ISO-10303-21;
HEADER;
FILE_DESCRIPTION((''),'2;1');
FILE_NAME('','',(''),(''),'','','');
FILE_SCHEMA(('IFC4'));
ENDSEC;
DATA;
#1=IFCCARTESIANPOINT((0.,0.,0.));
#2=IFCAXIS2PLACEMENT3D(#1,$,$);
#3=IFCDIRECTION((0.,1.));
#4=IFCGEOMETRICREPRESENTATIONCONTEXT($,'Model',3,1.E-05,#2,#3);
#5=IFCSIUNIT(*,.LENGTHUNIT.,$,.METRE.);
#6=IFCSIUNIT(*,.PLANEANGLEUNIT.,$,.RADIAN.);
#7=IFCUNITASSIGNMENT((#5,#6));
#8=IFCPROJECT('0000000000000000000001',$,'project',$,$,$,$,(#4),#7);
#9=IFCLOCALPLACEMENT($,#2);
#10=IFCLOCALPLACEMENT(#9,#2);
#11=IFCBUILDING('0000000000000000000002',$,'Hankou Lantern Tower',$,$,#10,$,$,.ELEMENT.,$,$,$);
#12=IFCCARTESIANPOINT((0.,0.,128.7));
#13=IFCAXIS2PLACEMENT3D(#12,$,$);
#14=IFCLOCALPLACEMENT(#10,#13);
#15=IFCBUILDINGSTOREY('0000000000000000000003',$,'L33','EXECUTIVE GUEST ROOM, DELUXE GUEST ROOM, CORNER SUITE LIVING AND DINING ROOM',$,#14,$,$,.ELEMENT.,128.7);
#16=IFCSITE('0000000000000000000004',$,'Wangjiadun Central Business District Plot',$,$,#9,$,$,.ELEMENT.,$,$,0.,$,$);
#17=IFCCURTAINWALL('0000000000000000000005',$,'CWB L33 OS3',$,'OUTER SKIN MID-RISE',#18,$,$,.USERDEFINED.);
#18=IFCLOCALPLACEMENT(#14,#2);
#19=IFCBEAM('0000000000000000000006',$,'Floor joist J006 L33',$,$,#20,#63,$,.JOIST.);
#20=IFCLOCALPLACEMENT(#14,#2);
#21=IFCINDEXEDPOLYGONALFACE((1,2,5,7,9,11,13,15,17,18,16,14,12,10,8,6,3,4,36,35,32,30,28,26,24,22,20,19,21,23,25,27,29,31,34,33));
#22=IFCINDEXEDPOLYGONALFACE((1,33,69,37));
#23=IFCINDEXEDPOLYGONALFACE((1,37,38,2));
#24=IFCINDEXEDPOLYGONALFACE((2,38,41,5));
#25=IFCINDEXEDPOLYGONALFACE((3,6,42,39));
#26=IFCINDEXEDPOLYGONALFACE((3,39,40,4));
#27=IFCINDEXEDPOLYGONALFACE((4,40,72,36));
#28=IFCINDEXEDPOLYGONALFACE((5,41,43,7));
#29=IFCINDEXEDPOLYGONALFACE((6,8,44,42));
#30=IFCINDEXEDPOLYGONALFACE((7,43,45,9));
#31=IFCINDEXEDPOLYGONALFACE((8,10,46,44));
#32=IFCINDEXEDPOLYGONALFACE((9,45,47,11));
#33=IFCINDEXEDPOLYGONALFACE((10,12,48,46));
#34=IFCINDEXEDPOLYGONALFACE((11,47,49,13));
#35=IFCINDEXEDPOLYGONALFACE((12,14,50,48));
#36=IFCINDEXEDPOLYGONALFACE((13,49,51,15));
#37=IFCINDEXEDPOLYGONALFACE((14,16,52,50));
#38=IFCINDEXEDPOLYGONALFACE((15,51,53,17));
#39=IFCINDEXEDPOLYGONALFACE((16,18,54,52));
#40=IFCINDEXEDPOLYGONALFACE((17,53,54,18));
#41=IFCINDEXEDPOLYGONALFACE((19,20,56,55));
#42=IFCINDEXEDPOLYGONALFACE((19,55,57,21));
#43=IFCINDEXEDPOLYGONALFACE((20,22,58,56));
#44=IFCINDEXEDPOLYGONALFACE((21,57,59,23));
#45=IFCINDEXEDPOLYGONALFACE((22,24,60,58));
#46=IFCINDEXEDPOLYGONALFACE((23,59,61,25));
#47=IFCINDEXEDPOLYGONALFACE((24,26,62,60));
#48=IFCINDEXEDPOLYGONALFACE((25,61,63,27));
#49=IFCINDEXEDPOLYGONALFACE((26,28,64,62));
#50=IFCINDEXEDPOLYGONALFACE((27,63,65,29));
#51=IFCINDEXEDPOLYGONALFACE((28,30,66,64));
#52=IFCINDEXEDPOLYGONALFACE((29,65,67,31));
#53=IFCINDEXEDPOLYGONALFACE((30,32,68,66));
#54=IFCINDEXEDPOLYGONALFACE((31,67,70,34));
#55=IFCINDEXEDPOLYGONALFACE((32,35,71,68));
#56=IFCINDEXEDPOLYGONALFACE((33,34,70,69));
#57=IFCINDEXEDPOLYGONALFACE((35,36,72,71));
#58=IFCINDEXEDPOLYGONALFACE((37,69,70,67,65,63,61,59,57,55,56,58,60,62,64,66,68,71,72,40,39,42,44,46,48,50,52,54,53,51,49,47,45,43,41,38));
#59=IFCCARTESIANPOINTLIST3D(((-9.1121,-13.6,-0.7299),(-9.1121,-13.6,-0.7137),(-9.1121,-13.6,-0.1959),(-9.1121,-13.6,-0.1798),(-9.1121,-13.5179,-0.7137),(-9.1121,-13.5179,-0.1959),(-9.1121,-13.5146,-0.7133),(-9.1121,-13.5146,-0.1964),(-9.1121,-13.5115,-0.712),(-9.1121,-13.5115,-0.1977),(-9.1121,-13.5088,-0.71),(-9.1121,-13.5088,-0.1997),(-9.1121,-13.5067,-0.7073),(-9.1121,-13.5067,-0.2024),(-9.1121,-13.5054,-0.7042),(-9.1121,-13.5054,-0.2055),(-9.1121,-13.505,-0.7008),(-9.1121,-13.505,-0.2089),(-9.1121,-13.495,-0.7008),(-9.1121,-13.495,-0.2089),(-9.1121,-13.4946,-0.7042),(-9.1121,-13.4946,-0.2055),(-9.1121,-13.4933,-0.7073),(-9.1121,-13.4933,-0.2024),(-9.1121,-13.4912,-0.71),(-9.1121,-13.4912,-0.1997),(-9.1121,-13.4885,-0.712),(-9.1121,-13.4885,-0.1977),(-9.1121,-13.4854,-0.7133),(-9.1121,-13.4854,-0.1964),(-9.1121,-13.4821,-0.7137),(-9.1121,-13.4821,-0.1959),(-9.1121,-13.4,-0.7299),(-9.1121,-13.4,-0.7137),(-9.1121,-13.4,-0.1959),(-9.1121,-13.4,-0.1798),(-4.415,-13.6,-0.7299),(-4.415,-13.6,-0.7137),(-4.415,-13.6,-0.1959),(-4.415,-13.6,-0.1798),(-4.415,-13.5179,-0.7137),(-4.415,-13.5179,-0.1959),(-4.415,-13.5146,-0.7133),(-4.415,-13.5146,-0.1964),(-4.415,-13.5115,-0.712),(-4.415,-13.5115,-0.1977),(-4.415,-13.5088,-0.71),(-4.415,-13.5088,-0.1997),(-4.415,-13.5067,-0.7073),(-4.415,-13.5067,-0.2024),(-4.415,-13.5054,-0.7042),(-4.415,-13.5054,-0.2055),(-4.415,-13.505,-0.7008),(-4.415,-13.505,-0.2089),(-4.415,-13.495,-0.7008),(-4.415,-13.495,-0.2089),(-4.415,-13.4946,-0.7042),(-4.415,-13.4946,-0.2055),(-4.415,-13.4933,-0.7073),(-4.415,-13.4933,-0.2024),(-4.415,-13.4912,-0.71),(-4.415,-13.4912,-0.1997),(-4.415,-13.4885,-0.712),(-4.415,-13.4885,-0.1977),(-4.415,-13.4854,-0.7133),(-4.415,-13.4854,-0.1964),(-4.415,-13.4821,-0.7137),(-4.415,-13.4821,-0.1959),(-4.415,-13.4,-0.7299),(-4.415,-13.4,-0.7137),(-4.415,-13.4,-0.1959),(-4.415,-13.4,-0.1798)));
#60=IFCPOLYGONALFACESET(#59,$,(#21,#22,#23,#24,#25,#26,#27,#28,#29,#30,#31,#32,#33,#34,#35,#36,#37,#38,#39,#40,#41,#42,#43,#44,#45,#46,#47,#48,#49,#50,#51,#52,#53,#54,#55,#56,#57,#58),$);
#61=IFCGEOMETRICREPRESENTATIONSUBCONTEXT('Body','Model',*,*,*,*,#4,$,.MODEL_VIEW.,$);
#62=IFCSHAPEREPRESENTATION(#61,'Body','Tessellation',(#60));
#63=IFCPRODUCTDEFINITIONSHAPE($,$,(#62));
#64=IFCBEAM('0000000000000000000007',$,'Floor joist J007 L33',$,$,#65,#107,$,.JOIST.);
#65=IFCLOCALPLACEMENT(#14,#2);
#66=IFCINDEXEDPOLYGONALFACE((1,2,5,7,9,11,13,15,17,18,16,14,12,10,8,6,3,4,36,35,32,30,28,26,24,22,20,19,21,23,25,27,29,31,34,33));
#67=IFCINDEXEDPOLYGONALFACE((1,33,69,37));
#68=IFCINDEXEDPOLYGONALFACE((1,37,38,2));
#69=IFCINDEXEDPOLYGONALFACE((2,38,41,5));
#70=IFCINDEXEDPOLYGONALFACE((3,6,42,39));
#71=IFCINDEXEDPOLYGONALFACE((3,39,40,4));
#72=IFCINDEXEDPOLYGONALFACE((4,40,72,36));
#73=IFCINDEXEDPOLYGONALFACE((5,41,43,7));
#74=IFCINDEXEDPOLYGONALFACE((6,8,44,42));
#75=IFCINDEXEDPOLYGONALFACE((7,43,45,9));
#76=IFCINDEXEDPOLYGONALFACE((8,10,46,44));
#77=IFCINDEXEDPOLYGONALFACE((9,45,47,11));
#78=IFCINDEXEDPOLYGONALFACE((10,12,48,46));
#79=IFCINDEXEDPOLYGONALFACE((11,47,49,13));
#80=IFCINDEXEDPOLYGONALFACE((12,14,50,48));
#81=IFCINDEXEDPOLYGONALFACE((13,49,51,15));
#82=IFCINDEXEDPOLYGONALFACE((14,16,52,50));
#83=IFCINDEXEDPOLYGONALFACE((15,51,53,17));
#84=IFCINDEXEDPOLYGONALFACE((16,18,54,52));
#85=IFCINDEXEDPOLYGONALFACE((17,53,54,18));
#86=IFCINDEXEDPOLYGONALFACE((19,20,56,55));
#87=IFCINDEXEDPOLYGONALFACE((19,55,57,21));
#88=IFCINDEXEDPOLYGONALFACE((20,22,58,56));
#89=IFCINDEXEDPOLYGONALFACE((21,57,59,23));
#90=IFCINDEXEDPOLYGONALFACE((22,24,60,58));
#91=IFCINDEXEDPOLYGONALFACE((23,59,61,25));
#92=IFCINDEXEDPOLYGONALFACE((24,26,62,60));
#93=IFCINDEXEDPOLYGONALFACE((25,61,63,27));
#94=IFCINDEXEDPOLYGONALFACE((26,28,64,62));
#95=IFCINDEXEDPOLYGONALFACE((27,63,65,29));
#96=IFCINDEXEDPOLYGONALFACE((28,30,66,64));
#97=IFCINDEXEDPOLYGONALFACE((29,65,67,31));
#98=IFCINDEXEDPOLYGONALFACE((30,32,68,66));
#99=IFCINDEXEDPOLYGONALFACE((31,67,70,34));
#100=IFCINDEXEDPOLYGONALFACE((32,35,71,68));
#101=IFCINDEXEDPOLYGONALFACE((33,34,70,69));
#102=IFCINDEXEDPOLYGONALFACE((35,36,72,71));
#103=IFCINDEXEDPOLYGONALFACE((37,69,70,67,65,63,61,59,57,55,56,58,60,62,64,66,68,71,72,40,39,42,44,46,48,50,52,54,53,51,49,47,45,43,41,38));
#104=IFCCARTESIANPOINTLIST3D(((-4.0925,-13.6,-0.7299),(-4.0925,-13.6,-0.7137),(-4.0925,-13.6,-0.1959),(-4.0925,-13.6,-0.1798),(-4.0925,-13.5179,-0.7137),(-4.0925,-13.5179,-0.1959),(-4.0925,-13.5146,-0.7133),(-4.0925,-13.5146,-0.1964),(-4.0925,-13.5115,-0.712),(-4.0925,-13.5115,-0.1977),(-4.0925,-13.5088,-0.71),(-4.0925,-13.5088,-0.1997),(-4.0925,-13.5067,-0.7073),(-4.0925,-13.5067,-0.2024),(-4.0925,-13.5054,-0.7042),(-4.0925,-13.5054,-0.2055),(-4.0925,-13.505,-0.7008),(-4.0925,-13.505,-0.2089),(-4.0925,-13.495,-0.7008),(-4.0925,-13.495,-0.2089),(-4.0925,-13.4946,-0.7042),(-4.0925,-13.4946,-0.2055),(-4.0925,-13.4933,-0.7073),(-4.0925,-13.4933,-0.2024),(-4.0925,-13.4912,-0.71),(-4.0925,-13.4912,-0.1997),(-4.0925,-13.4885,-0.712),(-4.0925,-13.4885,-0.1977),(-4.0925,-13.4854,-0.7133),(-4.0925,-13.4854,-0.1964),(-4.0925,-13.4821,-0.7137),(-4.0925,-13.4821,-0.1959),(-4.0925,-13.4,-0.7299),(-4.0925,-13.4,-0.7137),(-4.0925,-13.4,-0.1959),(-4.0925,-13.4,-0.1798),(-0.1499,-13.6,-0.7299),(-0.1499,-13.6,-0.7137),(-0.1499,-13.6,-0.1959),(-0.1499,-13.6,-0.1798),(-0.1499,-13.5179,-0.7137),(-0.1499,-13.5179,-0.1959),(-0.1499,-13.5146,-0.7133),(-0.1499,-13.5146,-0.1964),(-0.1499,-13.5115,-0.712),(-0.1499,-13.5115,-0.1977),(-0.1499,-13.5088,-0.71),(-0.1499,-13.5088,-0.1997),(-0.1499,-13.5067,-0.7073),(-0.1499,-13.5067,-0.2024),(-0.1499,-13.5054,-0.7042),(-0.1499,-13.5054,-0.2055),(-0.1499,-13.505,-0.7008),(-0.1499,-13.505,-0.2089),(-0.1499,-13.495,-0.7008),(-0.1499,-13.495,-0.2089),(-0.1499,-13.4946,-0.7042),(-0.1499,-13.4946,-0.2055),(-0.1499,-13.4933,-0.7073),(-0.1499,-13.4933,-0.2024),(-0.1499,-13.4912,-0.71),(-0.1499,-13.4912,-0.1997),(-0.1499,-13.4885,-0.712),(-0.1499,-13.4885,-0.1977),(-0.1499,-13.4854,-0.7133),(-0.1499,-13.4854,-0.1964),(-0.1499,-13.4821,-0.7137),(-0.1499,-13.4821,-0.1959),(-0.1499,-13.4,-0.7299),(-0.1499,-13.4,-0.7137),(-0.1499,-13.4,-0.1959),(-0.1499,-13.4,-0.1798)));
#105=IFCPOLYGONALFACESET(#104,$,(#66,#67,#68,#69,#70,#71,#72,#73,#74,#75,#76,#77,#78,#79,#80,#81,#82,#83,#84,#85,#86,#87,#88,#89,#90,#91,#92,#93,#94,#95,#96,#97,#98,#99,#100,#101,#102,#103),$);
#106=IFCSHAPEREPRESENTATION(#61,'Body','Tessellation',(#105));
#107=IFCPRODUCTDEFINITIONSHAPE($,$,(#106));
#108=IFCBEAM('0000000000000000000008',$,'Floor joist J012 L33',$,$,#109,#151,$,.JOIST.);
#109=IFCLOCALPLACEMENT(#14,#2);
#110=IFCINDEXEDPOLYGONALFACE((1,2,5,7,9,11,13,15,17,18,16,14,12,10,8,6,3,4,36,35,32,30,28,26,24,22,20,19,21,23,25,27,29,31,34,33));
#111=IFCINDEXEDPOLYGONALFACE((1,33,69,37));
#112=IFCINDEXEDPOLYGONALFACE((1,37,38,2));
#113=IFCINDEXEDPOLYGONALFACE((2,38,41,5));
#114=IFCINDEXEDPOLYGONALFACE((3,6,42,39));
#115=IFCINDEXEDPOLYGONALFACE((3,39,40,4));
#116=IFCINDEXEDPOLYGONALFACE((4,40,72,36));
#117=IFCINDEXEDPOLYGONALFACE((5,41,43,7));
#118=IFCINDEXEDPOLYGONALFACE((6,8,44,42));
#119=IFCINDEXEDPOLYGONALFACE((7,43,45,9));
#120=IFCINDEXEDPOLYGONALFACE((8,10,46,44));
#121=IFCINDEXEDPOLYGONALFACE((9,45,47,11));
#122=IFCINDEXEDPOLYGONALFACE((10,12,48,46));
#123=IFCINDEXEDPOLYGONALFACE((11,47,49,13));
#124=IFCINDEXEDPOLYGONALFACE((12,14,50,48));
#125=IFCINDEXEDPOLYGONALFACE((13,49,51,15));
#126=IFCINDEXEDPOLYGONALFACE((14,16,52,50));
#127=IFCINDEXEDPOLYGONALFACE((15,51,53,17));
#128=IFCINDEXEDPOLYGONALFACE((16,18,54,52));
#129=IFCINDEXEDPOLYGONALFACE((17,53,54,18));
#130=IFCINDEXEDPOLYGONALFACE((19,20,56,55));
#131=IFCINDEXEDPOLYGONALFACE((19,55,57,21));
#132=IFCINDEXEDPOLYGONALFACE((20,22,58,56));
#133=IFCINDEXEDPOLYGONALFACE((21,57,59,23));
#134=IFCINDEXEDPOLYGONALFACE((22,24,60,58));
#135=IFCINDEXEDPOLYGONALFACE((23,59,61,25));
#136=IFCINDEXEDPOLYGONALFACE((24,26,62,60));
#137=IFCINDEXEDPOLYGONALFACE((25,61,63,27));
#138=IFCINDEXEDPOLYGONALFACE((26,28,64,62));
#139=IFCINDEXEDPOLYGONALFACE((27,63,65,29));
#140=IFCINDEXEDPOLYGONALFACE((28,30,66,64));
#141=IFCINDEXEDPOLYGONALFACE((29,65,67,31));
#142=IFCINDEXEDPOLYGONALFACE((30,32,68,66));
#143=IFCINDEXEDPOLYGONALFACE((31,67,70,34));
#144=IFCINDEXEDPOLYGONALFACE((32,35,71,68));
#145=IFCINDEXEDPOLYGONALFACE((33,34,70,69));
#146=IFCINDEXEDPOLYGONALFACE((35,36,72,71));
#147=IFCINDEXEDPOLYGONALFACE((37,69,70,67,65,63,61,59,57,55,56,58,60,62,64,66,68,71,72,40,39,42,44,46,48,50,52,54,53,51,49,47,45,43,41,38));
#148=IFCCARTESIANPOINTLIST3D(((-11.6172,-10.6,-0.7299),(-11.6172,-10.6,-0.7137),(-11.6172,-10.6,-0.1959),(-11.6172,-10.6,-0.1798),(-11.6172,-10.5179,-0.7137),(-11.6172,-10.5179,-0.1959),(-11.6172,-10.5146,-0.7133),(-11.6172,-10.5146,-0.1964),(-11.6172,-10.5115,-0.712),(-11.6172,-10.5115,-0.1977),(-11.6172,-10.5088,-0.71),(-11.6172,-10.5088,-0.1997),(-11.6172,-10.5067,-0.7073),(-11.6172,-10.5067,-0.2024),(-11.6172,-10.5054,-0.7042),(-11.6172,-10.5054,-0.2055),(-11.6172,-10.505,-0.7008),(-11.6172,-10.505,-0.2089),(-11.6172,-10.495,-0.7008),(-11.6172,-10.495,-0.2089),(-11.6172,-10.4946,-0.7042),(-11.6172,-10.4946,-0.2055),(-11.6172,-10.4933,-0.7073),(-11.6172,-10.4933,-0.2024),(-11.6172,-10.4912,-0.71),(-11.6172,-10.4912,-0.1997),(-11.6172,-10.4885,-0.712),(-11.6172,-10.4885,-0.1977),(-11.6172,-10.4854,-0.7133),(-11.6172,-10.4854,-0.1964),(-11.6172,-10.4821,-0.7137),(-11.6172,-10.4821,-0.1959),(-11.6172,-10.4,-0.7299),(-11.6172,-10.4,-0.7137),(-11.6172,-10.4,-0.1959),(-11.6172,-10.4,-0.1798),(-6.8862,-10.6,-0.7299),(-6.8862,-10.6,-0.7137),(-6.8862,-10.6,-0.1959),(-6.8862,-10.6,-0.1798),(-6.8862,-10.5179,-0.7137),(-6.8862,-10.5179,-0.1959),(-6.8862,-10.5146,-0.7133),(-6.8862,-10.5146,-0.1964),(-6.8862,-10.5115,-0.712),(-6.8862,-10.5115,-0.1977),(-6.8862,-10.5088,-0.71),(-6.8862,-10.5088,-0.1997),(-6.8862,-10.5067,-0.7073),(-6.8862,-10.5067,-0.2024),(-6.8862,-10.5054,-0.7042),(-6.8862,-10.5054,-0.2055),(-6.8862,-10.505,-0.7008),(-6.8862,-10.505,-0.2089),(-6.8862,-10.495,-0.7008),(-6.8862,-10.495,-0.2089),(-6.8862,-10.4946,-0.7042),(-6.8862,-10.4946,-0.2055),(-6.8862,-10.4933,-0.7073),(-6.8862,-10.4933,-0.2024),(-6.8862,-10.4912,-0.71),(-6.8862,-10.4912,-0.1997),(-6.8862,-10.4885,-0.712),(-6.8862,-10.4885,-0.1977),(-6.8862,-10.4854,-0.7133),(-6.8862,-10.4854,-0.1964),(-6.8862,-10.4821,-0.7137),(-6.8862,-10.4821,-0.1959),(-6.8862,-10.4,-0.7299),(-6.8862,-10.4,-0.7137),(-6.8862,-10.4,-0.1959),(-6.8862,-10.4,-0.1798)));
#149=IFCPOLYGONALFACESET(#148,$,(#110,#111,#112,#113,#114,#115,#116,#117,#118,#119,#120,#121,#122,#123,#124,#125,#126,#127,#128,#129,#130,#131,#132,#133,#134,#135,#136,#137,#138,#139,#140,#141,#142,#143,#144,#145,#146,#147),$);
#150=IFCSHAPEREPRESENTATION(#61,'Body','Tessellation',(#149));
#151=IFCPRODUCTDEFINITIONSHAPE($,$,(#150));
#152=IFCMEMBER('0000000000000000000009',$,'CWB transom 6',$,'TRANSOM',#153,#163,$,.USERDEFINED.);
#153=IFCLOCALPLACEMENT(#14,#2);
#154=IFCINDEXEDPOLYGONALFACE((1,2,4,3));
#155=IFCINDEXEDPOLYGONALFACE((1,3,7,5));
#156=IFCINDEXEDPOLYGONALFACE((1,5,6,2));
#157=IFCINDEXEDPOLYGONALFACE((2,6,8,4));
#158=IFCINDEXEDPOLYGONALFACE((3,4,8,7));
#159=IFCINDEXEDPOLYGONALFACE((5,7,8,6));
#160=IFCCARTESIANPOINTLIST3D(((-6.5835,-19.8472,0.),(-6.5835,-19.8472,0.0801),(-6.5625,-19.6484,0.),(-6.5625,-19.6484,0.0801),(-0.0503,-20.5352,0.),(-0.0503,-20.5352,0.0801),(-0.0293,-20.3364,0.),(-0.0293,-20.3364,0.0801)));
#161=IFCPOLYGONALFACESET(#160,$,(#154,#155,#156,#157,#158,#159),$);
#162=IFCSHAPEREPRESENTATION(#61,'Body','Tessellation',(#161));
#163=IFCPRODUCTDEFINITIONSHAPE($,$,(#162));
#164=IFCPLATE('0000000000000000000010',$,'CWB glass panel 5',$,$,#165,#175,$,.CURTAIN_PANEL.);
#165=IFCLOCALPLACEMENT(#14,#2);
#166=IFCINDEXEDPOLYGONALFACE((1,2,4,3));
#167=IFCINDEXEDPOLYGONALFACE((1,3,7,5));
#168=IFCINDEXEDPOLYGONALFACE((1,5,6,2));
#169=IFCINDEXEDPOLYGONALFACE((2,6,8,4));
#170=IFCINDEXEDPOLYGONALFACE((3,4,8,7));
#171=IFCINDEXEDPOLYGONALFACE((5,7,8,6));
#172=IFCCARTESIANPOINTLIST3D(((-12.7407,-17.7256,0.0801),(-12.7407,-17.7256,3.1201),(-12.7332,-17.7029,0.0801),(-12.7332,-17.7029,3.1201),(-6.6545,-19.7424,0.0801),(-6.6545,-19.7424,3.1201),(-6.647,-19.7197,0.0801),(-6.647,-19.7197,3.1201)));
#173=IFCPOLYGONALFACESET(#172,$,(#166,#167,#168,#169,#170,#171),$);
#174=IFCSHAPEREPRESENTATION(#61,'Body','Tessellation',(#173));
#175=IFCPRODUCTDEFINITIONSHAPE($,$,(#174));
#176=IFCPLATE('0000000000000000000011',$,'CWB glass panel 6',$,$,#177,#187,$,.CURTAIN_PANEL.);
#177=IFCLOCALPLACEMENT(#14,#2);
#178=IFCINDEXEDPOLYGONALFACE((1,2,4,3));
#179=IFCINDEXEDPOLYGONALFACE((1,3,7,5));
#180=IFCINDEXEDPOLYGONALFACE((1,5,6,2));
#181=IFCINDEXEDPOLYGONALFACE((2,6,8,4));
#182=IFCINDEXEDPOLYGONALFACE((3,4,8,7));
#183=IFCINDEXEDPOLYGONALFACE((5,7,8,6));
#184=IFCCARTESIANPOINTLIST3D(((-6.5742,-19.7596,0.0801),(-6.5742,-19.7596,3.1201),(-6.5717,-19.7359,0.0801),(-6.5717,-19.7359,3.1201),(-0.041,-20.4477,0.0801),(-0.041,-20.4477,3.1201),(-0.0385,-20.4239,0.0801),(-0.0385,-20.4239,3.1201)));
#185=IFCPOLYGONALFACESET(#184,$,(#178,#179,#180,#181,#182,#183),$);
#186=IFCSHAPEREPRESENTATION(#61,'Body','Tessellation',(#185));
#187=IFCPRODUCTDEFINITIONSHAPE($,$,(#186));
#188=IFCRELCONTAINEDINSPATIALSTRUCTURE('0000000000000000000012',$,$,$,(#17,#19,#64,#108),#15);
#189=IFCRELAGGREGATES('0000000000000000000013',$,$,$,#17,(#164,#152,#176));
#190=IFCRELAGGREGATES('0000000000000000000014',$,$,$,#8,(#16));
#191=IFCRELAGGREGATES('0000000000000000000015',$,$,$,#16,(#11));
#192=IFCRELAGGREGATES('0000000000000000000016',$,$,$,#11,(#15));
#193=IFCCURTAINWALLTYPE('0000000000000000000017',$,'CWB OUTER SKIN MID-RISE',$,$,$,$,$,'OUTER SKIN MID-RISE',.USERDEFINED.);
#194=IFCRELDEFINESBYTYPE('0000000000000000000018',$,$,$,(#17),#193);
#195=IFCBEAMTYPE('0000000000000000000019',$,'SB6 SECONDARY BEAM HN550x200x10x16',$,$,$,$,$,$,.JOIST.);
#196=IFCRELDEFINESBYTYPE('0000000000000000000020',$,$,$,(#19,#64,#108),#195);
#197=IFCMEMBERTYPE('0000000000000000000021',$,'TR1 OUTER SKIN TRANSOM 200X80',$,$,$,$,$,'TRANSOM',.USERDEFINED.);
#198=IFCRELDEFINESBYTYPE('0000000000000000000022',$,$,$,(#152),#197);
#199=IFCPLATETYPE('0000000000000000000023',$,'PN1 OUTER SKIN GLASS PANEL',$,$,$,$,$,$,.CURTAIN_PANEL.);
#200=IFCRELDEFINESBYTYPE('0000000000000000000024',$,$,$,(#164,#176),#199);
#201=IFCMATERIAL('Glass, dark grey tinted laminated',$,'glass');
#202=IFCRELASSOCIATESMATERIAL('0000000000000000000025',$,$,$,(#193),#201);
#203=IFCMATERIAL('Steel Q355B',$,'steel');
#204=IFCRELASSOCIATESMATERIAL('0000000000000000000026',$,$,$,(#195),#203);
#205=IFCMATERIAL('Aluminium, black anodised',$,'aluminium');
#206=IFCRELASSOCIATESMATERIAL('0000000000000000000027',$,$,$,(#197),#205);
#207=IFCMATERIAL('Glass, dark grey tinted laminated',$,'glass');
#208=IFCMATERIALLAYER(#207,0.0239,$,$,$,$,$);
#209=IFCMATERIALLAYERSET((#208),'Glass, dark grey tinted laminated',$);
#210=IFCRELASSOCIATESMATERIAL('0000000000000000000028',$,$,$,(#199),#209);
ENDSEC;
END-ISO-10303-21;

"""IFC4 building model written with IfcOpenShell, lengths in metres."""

from ifc_helpers import new_model, si_unit, direction, frame, origin, origin_2d, place, context, subcontext, project, spatial, rectangle, i_section, extrude, material, layer, layer_set, material_profile, profile_set, type_object, element, aggregate, save


model = new_model("IFC4")

# Units and contexts
model_context = context("Model", 3, precision=1e-05, world=origin(), true_north=direction((0.0, 1.0)))
body_context = subcontext(model_context, "Body", "Model", "MODEL_VIEW")
ifc_project = project(units=[si_unit("LENGTHUNIT", "METRE"), si_unit("PLANEANGLEUNIT", "RADIAN")], contexts=[model_context])

# Site, building, storey
site_placement = place(None, origin())
site = spatial("IfcSite", under=ifc_project, at=site_placement, Name="Wangjiadun Central Business District Plot", CompositionType="ELEMENT", RefElevation=0.0)
building_placement = place(site_placement, origin())
building = spatial("IfcBuilding", under=site, at=building_placement, Name="Hankou Lantern Tower", CompositionType="ELEMENT")
storey_placement = place(building_placement, frame((0.0, 0.0, 128.7)))
storey = spatial("IfcBuildingStorey", under=building, at=storey_placement, Name="L33", Description="EXECUTIVE GUEST ROOM, DELUXE GUEST ROOM, CORNER SUITE LIVING AND DINING ROOM", CompositionType="ELEMENT", Elevation=128.7)

# Curtain wall
ifc_material_1 = material(Name="Glass, dark grey tinted laminated", Category="glass")
curtain_wall_type = type_object("IfcCurtainWallType", Name="CWB OUTER SKIN MID-RISE", ElementType="OUTER SKIN MID-RISE", PredefinedType="USERDEFINED", material=ifc_material_1)
curtain_wall_placement = place(storey_placement, origin())
curtain_wall = element("IfcCurtainWall", 1, at=curtain_wall_placement, inside=storey, type_object=curtain_wall_type, Name="CWB L33 OS3", ObjectType="OUTER SKIN MID-RISE", PredefinedType="USERDEFINED")

# Beams
ifc_material_2 = material(Name="Steel Q355B", Category="steel")
ifc_material_profile_1 = material_profile(ifc_material_2, i_section(OverallWidth=0.2, OverallDepth=0.55, WebThickness=0.01, FlangeThickness=0.0161, FilletRadius=0.0129, at=origin_2d()), Name="HN550x200x10x16")
ifc_profile_set_1 = profile_set([ifc_material_profile_1], Name="Steel Q355B")
beam_type_1 = type_object("IfcBeamType", Name="SB6 SECONDARY BEAM HN550x200x10x16", PredefinedType="JOIST", material=ifc_profile_set_1)
beam_1_placement = place(storey_placement, frame((-9.1121, -13.5, -0.4548), z_axis=(1.0, 0.0, 0.0), x_axis=(0.0, 1.0, 0.0)))
element("IfcBeam", 2, at=beam_1_placement, inside=storey, type_object=beam_type_1, Name="Floor joist J006 L33", PredefinedType="JOIST", context=body_context, shape_type="SweptSolid", body=[
    extrude(i_section(OverallWidth=0.2, OverallDepth=0.55, WebThickness=0.01, FlangeThickness=0.0161, FilletRadius=0.0129, at=origin_2d()), origin(), (0.0, 0.0, 1.0), 4.697),
])
beam_2_placement = place(storey_placement, frame((-4.0925, -13.5, -0.4548), z_axis=(1.0, 0.0, 0.0), x_axis=(0.0, 1.0, 0.0)))
element("IfcBeam", 3, at=beam_2_placement, inside=storey, type_object=beam_type_1, Name="Floor joist J007 L33", PredefinedType="JOIST", context=body_context, shape_type="SweptSolid", body=[
    extrude(i_section(OverallWidth=0.2, OverallDepth=0.55, WebThickness=0.01, FlangeThickness=0.0161, FilletRadius=0.0129, at=origin_2d()), origin(), (0.0, 0.0, 1.0), 3.9426),
])
beam_3_placement = place(storey_placement, frame((-11.6172, -10.5, -0.4548), z_axis=(1.0, 0.0, 0.0), x_axis=(0.0, 1.0, 0.0)))
element("IfcBeam", 4, at=beam_3_placement, inside=storey, type_object=beam_type_1, Name="Floor joist J012 L33", PredefinedType="JOIST", context=body_context, shape_type="SweptSolid", body=[
    extrude(i_section(OverallWidth=0.2, OverallDepth=0.55, WebThickness=0.01, FlangeThickness=0.0161, FilletRadius=0.0129, at=origin_2d()), origin(), (0.0, 0.0, 1.0), 4.731),
])

# Member
ifc_material_3 = material(Name="Aluminium, black anodised", Category="aluminium")
ifc_material_profile_2 = material_profile(ifc_material_3, rectangle(XDim=0.2, YDim=0.0801, at=origin_2d()), Name="TR1 200X80")
ifc_profile_set_2 = profile_set([ifc_material_profile_2], Name="Aluminium, black anodised")
member_type_1 = type_object("IfcMemberType", Name="TR1 OUTER SKIN TRANSOM 200X80", ElementType="TRANSOM", PredefinedType="USERDEFINED", material=ifc_profile_set_2)
member_1_placement = place(storey_placement, frame((-6.573, -19.7478, 0.04), z_axis=(0.994501, -0.104727, 0.0), x_axis=(0.104727, 0.994501, 0.0)))
member_1 = element("IfcMember", 5, at=member_1_placement, type_object=member_type_1, Name="CWB transom 6", ObjectType="TRANSOM", PredefinedType="USERDEFINED", context=body_context, shape_type="SweptSolid", body=[
    extrude(rectangle(XDim=0.2, YDim=0.0801, at=origin_2d()), origin(), (0.0, 0.0, 1.0), 6.5693),
])

# Plates
ifc_material_4 = material(Name="Glass, dark grey tinted laminated", Category="glass")
ifc_layer_1 = layer(ifc_material_4, 0.0239)
ifc_layer_set_1 = layer_set([ifc_layer_1], Name="Glass, dark grey tinted laminated")
plate_type = type_object("IfcPlateType", Name="PN1 OUTER SKIN GLASS PANEL", PredefinedType="CURTAIN_PANEL", material=ifc_layer_set_1)
plate_1_placement = place(storey_placement, frame((-9.6938, -18.7227, 0.0801), z_axis=(0.0, 0.0, 1.0), x_axis=(0.949241, -0.314551, 0.0)))
plate_1 = element("IfcPlate", 6, at=plate_1_placement, type_object=plate_type, Name="CWB glass panel 5", PredefinedType="CURTAIN_PANEL", context=body_context, shape_type="SweptSolid", body=[
    extrude(rectangle(XDim=6.4116, YDim=0.0239, at=origin_2d()), origin(), (0.0, 0.0, 1.0), 3.04),
])
plate_2_placement = place(storey_placement, frame((-3.3064, -20.0918, 0.0801), z_axis=(0.0, 0.0, 1.0), x_axis=(0.994499, -0.104743, 0.0)))
plate_2 = element("IfcPlate", 7, at=plate_2_placement, type_object=plate_type, Name="CWB glass panel 6", PredefinedType="CURTAIN_PANEL", context=body_context, shape_type="SweptSolid", body=[
    extrude(rectangle(XDim=6.5693, YDim=0.0239, at=origin_2d()), origin(), (0.0, 0.0, 1.0), 3.04),
])
aggregate(curtain_wall, [plate_1, member_1, plate_2])

save(model, "model.ifc")
